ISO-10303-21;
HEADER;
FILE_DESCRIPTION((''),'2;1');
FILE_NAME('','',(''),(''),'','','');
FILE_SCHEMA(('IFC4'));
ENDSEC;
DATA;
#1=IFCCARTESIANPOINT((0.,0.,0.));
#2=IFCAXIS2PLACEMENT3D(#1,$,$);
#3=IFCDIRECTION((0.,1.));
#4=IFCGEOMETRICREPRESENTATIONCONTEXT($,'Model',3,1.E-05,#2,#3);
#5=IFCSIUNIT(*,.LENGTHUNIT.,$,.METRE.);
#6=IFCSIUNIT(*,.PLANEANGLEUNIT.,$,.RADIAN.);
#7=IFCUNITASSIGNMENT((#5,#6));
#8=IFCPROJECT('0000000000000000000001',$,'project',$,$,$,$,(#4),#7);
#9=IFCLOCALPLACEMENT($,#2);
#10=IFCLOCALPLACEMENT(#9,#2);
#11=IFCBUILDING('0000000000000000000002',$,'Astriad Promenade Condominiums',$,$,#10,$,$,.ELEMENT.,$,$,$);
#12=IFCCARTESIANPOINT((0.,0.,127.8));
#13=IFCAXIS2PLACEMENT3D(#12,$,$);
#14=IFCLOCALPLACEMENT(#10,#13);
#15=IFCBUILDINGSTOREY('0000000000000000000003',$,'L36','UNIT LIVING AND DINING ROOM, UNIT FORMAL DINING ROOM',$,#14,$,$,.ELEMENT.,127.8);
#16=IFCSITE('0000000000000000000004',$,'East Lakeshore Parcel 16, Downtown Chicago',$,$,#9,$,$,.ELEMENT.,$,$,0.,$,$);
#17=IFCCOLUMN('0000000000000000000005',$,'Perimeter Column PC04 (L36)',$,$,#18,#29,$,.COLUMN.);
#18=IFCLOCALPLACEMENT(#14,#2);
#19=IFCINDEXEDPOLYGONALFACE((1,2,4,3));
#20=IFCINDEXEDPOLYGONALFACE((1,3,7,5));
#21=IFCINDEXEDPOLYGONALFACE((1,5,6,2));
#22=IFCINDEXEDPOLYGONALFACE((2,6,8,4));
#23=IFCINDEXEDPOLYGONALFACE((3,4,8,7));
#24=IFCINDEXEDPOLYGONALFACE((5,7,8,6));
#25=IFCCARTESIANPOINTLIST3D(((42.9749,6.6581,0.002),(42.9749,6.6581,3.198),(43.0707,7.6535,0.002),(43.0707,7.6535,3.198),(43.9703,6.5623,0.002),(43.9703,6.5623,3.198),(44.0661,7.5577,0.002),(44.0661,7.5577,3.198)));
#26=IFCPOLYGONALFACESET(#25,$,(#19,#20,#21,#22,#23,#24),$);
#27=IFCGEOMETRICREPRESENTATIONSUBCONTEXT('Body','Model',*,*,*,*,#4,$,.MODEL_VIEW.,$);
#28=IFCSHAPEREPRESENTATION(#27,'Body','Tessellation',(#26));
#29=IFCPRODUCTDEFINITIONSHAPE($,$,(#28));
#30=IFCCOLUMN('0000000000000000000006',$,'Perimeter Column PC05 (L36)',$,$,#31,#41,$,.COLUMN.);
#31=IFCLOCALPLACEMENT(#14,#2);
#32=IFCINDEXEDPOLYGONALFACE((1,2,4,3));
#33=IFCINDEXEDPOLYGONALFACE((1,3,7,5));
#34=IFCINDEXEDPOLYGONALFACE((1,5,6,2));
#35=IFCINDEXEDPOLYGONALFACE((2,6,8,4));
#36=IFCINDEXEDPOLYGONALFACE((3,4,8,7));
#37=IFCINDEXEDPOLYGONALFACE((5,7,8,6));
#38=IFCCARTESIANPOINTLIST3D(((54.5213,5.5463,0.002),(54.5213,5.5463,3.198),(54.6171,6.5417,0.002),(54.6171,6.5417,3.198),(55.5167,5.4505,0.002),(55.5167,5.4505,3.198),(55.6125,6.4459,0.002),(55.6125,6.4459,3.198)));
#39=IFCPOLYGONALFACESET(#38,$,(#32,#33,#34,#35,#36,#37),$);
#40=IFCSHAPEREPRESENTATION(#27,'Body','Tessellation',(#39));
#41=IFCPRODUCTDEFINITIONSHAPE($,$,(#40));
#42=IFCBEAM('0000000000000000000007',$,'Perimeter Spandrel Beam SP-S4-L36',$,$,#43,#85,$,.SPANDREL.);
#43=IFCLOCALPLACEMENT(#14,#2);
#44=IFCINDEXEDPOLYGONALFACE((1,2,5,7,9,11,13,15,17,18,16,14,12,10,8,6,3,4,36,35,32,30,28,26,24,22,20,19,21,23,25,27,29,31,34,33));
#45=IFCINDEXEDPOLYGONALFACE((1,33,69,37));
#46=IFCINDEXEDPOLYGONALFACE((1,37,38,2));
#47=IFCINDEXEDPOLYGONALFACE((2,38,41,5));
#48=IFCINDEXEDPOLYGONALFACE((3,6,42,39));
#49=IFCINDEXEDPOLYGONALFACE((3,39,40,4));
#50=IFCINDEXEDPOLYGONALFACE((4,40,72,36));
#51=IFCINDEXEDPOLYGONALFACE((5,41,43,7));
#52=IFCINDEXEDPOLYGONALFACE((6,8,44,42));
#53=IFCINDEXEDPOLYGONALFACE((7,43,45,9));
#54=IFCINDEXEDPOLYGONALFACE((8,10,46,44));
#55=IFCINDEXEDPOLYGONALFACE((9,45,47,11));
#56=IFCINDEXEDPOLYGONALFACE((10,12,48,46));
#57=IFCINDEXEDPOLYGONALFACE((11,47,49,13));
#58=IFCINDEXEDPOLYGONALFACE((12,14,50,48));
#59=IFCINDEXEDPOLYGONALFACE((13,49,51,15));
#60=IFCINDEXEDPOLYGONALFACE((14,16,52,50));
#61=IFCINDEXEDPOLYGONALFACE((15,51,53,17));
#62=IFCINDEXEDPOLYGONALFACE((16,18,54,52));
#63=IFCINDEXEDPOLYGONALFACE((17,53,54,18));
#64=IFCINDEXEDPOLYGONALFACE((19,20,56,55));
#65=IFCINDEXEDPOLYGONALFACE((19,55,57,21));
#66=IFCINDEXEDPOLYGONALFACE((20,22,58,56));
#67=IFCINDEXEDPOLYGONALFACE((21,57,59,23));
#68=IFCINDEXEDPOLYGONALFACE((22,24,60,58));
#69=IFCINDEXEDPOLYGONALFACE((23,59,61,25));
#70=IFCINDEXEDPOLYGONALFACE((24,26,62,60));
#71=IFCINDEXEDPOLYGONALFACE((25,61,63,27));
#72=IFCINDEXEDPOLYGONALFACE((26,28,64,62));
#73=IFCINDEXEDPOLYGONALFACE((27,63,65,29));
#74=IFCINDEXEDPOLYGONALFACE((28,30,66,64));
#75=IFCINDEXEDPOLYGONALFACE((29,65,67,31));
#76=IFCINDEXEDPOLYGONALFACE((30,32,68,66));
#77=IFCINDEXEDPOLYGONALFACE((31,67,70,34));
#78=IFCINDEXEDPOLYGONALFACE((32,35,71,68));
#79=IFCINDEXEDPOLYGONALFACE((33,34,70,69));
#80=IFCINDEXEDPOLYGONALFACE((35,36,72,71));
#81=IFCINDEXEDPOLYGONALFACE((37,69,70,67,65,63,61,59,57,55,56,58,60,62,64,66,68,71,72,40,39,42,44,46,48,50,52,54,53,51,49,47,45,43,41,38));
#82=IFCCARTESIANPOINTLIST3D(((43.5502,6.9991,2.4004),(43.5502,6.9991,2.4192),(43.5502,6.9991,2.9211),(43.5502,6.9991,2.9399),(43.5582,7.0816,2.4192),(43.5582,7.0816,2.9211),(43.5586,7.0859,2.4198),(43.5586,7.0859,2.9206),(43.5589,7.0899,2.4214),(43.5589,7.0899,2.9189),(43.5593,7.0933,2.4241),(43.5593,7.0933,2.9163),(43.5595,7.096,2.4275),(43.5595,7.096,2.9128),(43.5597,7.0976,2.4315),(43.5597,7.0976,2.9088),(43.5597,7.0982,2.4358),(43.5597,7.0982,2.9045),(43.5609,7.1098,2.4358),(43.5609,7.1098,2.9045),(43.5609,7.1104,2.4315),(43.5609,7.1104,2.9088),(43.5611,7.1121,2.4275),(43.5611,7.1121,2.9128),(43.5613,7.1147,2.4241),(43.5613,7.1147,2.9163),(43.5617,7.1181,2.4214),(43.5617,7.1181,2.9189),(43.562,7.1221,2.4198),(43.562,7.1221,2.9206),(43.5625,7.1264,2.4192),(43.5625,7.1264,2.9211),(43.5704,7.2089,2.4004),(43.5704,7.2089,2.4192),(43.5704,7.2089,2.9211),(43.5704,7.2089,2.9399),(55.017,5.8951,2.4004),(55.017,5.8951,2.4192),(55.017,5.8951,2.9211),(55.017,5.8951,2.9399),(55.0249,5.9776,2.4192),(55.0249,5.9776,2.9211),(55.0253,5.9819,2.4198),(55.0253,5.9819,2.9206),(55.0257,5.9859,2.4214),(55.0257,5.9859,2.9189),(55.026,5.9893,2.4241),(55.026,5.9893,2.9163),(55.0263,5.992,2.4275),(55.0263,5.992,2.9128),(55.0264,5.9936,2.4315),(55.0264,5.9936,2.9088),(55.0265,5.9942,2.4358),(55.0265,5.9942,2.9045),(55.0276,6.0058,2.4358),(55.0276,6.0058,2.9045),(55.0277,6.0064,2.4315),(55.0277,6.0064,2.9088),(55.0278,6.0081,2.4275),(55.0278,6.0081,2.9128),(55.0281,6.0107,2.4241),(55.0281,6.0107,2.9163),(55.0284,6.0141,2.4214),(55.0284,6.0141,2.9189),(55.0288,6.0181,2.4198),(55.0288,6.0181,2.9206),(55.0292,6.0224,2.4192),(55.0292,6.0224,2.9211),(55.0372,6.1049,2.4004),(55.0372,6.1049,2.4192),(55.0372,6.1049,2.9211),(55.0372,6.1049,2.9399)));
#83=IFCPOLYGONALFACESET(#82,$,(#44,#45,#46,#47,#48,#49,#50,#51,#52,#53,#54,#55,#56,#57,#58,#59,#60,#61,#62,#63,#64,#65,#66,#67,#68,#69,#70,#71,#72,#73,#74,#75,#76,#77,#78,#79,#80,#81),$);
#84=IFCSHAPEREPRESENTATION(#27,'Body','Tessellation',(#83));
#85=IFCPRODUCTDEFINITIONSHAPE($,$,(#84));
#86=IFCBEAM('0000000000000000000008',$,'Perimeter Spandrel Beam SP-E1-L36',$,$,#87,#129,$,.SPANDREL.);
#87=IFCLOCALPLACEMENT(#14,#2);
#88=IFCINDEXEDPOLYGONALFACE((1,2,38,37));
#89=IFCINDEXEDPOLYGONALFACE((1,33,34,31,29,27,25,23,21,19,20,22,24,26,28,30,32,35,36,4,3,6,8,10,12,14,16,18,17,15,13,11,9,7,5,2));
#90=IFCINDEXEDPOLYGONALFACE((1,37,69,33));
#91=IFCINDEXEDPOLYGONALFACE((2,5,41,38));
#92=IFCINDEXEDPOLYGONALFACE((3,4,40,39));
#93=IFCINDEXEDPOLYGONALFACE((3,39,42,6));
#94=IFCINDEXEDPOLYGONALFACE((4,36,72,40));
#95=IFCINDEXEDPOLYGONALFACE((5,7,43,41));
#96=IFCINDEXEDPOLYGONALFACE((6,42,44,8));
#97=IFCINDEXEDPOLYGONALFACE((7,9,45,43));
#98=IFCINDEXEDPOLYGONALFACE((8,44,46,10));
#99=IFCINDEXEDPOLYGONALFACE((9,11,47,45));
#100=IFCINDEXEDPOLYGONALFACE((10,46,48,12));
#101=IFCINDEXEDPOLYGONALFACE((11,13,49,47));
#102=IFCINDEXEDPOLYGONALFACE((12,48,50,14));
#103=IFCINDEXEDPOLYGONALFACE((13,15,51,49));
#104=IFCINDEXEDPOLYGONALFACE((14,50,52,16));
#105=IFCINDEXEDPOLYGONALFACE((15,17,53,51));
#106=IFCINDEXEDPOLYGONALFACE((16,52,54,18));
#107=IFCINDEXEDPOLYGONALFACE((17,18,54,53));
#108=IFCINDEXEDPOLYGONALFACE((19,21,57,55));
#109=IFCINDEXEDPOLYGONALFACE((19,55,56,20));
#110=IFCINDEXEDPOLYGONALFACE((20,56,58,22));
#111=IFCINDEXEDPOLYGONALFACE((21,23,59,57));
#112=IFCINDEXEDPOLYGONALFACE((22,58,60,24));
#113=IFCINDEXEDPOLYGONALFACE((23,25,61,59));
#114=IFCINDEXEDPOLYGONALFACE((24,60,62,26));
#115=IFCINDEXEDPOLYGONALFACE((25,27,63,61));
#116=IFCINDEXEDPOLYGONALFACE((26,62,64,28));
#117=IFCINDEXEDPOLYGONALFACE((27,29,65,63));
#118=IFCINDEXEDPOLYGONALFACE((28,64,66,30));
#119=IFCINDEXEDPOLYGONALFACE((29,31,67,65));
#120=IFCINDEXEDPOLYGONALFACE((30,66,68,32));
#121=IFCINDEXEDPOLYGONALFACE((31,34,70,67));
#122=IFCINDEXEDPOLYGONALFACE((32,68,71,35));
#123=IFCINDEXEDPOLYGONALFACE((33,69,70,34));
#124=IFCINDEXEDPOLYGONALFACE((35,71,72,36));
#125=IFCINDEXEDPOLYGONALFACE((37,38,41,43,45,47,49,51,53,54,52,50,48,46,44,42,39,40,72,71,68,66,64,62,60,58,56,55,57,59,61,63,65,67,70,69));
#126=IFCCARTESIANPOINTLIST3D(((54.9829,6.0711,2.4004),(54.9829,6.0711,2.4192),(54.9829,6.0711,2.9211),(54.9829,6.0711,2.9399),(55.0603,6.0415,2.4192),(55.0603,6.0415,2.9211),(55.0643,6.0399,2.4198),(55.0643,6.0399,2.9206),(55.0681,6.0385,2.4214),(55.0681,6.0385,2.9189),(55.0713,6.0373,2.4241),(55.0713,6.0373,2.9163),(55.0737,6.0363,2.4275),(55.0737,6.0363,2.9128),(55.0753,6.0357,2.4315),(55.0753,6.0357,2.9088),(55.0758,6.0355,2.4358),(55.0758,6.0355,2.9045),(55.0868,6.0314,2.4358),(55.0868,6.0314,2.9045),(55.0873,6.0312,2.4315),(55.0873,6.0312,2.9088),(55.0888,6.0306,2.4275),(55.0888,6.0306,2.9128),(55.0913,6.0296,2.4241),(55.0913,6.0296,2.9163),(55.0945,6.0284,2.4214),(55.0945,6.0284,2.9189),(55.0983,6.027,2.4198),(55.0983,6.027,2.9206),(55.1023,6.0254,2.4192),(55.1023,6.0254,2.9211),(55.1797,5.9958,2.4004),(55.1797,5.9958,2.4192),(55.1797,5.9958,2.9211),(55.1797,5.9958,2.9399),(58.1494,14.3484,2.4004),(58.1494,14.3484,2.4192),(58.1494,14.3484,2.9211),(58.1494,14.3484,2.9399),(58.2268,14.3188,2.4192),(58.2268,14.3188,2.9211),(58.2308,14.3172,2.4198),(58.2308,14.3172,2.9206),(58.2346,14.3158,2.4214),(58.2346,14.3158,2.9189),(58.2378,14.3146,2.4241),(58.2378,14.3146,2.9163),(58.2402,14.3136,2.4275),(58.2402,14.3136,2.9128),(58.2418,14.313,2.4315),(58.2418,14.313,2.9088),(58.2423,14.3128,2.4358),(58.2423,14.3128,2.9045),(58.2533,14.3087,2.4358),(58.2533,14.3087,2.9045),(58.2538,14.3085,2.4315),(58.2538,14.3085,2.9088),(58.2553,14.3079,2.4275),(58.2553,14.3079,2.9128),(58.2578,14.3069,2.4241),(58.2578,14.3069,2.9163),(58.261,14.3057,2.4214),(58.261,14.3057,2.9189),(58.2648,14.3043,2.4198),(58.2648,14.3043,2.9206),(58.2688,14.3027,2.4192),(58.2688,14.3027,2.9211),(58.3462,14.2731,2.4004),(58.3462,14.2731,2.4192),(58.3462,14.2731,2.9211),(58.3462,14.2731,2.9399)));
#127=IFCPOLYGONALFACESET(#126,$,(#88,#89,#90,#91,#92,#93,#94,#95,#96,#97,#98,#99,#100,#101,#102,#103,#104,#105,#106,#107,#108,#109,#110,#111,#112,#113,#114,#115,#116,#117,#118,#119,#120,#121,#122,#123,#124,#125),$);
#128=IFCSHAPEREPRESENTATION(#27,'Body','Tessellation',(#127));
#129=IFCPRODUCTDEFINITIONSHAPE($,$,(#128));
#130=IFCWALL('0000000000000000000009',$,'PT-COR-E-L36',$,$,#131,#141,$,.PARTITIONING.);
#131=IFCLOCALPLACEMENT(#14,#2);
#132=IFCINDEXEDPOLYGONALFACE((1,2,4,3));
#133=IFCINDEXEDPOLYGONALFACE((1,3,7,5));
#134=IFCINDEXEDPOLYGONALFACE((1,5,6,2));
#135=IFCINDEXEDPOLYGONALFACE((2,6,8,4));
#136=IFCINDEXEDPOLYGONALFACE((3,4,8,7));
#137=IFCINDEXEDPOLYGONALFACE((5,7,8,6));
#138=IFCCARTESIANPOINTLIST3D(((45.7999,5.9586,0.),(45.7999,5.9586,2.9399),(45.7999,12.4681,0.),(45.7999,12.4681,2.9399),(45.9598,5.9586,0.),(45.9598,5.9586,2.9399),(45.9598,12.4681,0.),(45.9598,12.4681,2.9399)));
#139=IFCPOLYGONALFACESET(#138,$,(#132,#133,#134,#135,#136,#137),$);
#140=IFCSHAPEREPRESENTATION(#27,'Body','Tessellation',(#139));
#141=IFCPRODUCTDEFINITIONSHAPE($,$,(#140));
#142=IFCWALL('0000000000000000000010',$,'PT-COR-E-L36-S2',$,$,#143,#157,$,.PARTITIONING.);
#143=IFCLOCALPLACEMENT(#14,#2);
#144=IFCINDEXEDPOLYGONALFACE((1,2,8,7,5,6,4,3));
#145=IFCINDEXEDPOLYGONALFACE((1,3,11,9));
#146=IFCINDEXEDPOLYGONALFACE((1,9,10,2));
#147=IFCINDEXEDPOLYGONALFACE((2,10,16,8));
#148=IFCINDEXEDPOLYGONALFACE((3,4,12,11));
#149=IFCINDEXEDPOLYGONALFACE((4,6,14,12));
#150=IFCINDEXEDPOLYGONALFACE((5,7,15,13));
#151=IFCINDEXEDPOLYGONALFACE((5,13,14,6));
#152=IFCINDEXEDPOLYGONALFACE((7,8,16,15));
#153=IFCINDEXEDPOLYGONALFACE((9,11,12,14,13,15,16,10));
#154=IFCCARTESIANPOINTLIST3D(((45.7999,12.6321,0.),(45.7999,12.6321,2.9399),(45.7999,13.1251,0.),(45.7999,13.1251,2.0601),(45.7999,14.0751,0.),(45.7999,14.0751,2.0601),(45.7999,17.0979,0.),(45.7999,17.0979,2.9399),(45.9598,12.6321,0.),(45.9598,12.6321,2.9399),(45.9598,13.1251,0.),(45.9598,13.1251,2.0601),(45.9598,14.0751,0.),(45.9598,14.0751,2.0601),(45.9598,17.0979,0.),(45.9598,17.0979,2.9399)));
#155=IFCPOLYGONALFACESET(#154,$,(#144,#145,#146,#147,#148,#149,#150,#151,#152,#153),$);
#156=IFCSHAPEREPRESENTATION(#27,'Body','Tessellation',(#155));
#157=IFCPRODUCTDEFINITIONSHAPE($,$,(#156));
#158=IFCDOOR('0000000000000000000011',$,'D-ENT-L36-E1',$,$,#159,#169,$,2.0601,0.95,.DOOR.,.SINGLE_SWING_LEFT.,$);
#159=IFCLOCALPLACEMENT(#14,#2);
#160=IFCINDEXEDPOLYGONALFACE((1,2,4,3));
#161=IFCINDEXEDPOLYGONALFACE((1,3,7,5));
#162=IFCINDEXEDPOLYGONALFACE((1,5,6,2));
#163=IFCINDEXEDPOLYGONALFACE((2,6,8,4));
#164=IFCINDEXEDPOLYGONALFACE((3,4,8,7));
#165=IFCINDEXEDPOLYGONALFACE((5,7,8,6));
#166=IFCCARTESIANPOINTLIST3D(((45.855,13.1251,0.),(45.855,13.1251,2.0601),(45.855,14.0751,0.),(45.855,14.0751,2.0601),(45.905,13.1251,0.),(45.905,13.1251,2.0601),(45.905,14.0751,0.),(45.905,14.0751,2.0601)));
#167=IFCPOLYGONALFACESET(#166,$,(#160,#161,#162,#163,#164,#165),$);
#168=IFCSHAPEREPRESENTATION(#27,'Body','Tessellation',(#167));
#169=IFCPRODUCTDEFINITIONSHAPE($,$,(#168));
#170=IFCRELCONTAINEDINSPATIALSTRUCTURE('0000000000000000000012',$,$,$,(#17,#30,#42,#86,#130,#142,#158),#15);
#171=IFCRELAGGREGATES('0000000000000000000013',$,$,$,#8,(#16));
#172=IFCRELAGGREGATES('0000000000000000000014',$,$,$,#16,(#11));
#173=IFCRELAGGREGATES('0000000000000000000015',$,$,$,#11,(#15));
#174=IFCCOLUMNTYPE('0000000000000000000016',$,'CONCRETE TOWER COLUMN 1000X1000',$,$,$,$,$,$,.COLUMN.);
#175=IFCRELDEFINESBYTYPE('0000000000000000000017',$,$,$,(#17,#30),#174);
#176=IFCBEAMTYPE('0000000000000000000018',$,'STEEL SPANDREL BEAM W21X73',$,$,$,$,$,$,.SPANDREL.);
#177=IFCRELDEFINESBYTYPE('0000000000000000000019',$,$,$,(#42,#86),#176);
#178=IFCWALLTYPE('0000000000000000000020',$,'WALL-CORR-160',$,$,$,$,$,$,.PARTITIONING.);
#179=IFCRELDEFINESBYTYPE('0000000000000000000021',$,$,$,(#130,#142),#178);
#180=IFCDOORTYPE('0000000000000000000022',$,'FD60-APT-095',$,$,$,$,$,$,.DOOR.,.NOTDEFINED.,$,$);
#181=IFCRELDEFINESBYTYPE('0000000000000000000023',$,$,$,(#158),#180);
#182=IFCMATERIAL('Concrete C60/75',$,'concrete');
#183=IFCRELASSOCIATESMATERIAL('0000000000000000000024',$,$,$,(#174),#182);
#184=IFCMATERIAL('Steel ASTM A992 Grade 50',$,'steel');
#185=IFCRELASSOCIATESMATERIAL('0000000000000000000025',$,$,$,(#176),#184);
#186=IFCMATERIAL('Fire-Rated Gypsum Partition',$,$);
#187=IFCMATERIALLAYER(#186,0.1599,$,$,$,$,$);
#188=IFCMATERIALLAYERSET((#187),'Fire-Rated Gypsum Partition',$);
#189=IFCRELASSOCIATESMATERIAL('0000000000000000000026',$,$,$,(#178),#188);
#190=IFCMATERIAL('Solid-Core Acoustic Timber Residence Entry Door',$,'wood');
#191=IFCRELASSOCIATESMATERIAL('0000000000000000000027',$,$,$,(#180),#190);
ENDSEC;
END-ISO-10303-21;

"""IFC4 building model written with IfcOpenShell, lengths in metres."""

from ifc_helpers import new_model, si_unit, direction, frame, frame_2d, origin, origin_2d, place, context, subcontext, project, spatial, rectangle, i_section, extrude, source, transform, mapped, material, layer, layer_set, material_profile, profile_set, type_object, type_shapes, element, fill, save


model = new_model("IFC4")

# Units and contexts
model_context = context("Model", 3, precision=1e-05, world=origin(), true_north=direction((0.0, 1.0)))
body_context = subcontext(model_context, "Body", "Model", "MODEL_VIEW")
ifc_project = project(units=[si_unit("LENGTHUNIT", "METRE"), si_unit("PLANEANGLEUNIT", "RADIAN")], contexts=[model_context])

# Site, building, storey
site_placement = place(None, origin())
site = spatial("IfcSite", under=ifc_project, at=site_placement, Name="East Lakeshore Parcel 16, Downtown Chicago", CompositionType="ELEMENT", RefElevation=0.0)
building_placement = place(site_placement, origin())
building = spatial("IfcBuilding", under=site, at=building_placement, Name="Astriad Promenade Condominiums", CompositionType="ELEMENT")
storey_placement = place(building_placement, frame((0.0, 0.0, 127.8)))
storey = spatial("IfcBuildingStorey", under=building, at=storey_placement, Name="L36", Description="UNIT LIVING AND DINING ROOM, UNIT FORMAL DINING ROOM", CompositionType="ELEMENT", Elevation=127.8)

# Columns
ifc_material_1 = material(Name="Concrete C60/75", Category="concrete")
ifc_material_profile_1 = material_profile(ifc_material_1, rectangle(XDim=1.0, YDim=1.0, at=origin_2d()), Name="RC-COL-1000X1000")
ifc_profile_set_1 = profile_set([ifc_material_profile_1], Name="Concrete C60/75")
column_type = type_object("IfcColumnType", Name="CONCRETE TOWER COLUMN 1000X1000", PredefinedType="COLUMN", material=ifc_profile_set_1)
shared_shape_1 = source(origin(), body_context, "Body", "SweptSolid", [
    extrude(rectangle(XDim=1.0, YDim=1.0, at=origin_2d()), origin(), (0.0, 0.0, 1.0), 3.196),
])
type_shapes(column_type, [shared_shape_1])
for number, where, z_axis, x_axis, name in (
    (1, (43.5205, 7.1079, 0.002), (0.0, 0.0, 1.0), (0.995396, -0.095846, 0.0), "Perimeter Column PC04 (L36)"),
    (2, (55.0669, 5.9961, 0.002), (0.0, 0.0, 1.0), (0.995396, -0.095846, 0.0), "Perimeter Column PC05 (L36)"),
):
    element("IfcColumn", number, at=place(storey_placement, frame(where, z_axis=z_axis, x_axis=x_axis)), inside=storey, type_object=column_type, Name=name, PredefinedType="COLUMN", context=body_context, shape_type="MappedRepresentation", body=[
        mapped(shared_shape_1, transform((0.0, 0.0, 0.0), scale=1.0)),
    ])

# Beams
ifc_material_2 = material(Name="Steel ASTM A992 Grade 50", Category="steel")
ifc_material_profile_2 = material_profile(ifc_material_2, i_section(OverallWidth=0.2107, OverallDepth=0.5396, WebThickness=0.0117, FlangeThickness=0.0188, FilletRadius=0.0166, at=origin_2d()), Name="W21X73")
ifc_profile_set_2 = profile_set([ifc_material_profile_2], Name="Steel ASTM A992 Grade 50")
beam_type = type_object("IfcBeamType", Name="STEEL SPANDREL BEAM W21X73", PredefinedType="SPANDREL", material=ifc_profile_set_2)
shared_shape_2 = source(origin(), body_context, "Body", "SweptSolid", [
    extrude(i_section(OverallWidth=0.2107, OverallDepth=0.5396, WebThickness=0.0117, FlangeThickness=0.0188, FilletRadius=0.0166, at=origin_2d()), origin(), (0.0, 0.0, 1.0), 11.5198),
])
beam_1_placement = place(storey_placement, frame((43.5603, 7.104, 2.6702), z_axis=(0.995397, -0.095835, 0.0), x_axis=(0.095835, 0.995397, 0.0)))
element("IfcBeam", 3, at=beam_1_placement, inside=storey, type_object=beam_type, Name="Perimeter Spandrel Beam SP-S4-L36", PredefinedType="SPANDREL", context=body_context, shape_type="MappedRepresentation", body=[
    mapped(shared_shape_2, transform((0.0, 0.0, 0.0), scale=1.0)),
])
shared_shape_3 = source(origin(), body_context, "Body", "SweptSolid", [
    extrude(i_section(OverallWidth=0.2107, OverallDepth=0.5396, WebThickness=0.0117, FlangeThickness=0.0188, FilletRadius=0.0166, at=origin_2d()), origin(), (0.0, 0.0, 1.0), 8.8623),
])
type_shapes(beam_type, [shared_shape_2, shared_shape_3])
beam_2_placement = place(storey_placement, frame((55.0813, 6.0334, 2.6702), z_axis=(0.357299, 0.93399, 0.0), x_axis=(-0.93399, 0.357299, 0.0)))
element("IfcBeam", 4, at=beam_2_placement, inside=storey, type_object=beam_type, Name="Perimeter Spandrel Beam SP-E1-L36", PredefinedType="SPANDREL", context=body_context, shape_type="MappedRepresentation", body=[
    mapped(shared_shape_3, transform((0.0, 0.0, 0.0), scale=1.0)),
])

# Wall
ifc_material_3 = material(Name="Fire-Rated Gypsum Partition")
ifc_layer_1 = layer(ifc_material_3, 0.1599)
ifc_layer_set_1 = layer_set([ifc_layer_1], Name="Fire-Rated Gypsum Partition")
wall_type_1 = type_object("IfcWallType", Name="WALL-CORR-160", PredefinedType="PARTITIONING", material=ifc_layer_set_1)
wall_1_placement = place(storey_placement, frame((45.8799, 5.9585, 0.0), z_axis=(0.0, 0.0, 1.0), x_axis=(0.0, 1.0, 0.0)))
element("IfcWall", 5, at=wall_1_placement, inside=storey, type_object=wall_type_1, Name="PT-COR-E-L36", PredefinedType="PARTITIONING", context=body_context, shape_type="SweptSolid", body=[
    extrude(rectangle(XDim=6.5095, YDim=0.1599, at=frame_2d((3.2549, 0.0))), origin(), (0.0, 0.0, 1.0), 2.9399),
])

# Wall, opening, door
wall_2_placement = place(storey_placement, frame((45.8799, 12.6321, 0.0), z_axis=(0.0, 0.0, 1.0), x_axis=(0.0, 1.0, 0.0)))
wall_2 = element("IfcWall", 6, at=wall_2_placement, inside=storey, type_object=wall_type_1, Name="PT-COR-E-L36-S2", PredefinedType="PARTITIONING", context=body_context, shape_type="SweptSolid", body=[
    extrude(rectangle(XDim=4.4658, YDim=0.1599, at=frame_2d((2.2329, 0.0))), origin(), (0.0, 0.0, 1.0), 2.9399),
])
opening_1_placement = place(wall_2_placement, frame((0.4929, 0.0, 0.0)))
opening_1 = element("IfcOpeningElement", 7, at=opening_1_placement, cuts=wall_2, PredefinedType="OPENING", context=body_context, shape_type="SweptSolid", body=[
    extrude(rectangle(XDim=0.95, YDim=2.0601, at=frame_2d((0.4751, 1.03))), frame((0.0, 0.0898, 0.0), z_axis=(0.0, -1.0, 0.0), x_axis=(1.0, 0.0, 0.0)), (0.0, 0.0, 1.0), 0.1799),
])
ifc_material_4 = material(Name="Solid-Core Acoustic Timber Residence Entry Door", Category="wood")
door_type_1 = type_object("IfcDoorType", Name="FD60-APT-095", OperationType="NOTDEFINED", PredefinedType="DOOR", material=ifc_material_4)
shared_shape_4 = source(origin(), body_context, "Body", "SweptSolid", [
    extrude(rectangle(XDim=0.95, YDim=2.0601, at=frame_2d((0.4751, 1.03))), frame((0.0, 0.0249, 0.0), z_axis=(0.0, -1.0, 0.0), x_axis=(1.0, 0.0, 0.0)), (0.0, 0.0, 1.0), 0.05),
])
type_shapes(door_type_1, [shared_shape_4])
door_1_placement = place(opening_1_placement, origin())
door_1 = element("IfcDoor", 8, at=door_1_placement, inside=storey, type_object=door_type_1, Name="D-ENT-L36-E1", OperationType="SINGLE_SWING_LEFT", OverallHeight=2.0601, OverallWidth=0.95, PredefinedType="DOOR", context=body_context, shape_type="MappedRepresentation", body=[
    mapped(shared_shape_4, transform((0.0, 0.0, 0.0), scale=1.0)),
])
fill(opening_1, door_1)

save(model, "model.ifc")
